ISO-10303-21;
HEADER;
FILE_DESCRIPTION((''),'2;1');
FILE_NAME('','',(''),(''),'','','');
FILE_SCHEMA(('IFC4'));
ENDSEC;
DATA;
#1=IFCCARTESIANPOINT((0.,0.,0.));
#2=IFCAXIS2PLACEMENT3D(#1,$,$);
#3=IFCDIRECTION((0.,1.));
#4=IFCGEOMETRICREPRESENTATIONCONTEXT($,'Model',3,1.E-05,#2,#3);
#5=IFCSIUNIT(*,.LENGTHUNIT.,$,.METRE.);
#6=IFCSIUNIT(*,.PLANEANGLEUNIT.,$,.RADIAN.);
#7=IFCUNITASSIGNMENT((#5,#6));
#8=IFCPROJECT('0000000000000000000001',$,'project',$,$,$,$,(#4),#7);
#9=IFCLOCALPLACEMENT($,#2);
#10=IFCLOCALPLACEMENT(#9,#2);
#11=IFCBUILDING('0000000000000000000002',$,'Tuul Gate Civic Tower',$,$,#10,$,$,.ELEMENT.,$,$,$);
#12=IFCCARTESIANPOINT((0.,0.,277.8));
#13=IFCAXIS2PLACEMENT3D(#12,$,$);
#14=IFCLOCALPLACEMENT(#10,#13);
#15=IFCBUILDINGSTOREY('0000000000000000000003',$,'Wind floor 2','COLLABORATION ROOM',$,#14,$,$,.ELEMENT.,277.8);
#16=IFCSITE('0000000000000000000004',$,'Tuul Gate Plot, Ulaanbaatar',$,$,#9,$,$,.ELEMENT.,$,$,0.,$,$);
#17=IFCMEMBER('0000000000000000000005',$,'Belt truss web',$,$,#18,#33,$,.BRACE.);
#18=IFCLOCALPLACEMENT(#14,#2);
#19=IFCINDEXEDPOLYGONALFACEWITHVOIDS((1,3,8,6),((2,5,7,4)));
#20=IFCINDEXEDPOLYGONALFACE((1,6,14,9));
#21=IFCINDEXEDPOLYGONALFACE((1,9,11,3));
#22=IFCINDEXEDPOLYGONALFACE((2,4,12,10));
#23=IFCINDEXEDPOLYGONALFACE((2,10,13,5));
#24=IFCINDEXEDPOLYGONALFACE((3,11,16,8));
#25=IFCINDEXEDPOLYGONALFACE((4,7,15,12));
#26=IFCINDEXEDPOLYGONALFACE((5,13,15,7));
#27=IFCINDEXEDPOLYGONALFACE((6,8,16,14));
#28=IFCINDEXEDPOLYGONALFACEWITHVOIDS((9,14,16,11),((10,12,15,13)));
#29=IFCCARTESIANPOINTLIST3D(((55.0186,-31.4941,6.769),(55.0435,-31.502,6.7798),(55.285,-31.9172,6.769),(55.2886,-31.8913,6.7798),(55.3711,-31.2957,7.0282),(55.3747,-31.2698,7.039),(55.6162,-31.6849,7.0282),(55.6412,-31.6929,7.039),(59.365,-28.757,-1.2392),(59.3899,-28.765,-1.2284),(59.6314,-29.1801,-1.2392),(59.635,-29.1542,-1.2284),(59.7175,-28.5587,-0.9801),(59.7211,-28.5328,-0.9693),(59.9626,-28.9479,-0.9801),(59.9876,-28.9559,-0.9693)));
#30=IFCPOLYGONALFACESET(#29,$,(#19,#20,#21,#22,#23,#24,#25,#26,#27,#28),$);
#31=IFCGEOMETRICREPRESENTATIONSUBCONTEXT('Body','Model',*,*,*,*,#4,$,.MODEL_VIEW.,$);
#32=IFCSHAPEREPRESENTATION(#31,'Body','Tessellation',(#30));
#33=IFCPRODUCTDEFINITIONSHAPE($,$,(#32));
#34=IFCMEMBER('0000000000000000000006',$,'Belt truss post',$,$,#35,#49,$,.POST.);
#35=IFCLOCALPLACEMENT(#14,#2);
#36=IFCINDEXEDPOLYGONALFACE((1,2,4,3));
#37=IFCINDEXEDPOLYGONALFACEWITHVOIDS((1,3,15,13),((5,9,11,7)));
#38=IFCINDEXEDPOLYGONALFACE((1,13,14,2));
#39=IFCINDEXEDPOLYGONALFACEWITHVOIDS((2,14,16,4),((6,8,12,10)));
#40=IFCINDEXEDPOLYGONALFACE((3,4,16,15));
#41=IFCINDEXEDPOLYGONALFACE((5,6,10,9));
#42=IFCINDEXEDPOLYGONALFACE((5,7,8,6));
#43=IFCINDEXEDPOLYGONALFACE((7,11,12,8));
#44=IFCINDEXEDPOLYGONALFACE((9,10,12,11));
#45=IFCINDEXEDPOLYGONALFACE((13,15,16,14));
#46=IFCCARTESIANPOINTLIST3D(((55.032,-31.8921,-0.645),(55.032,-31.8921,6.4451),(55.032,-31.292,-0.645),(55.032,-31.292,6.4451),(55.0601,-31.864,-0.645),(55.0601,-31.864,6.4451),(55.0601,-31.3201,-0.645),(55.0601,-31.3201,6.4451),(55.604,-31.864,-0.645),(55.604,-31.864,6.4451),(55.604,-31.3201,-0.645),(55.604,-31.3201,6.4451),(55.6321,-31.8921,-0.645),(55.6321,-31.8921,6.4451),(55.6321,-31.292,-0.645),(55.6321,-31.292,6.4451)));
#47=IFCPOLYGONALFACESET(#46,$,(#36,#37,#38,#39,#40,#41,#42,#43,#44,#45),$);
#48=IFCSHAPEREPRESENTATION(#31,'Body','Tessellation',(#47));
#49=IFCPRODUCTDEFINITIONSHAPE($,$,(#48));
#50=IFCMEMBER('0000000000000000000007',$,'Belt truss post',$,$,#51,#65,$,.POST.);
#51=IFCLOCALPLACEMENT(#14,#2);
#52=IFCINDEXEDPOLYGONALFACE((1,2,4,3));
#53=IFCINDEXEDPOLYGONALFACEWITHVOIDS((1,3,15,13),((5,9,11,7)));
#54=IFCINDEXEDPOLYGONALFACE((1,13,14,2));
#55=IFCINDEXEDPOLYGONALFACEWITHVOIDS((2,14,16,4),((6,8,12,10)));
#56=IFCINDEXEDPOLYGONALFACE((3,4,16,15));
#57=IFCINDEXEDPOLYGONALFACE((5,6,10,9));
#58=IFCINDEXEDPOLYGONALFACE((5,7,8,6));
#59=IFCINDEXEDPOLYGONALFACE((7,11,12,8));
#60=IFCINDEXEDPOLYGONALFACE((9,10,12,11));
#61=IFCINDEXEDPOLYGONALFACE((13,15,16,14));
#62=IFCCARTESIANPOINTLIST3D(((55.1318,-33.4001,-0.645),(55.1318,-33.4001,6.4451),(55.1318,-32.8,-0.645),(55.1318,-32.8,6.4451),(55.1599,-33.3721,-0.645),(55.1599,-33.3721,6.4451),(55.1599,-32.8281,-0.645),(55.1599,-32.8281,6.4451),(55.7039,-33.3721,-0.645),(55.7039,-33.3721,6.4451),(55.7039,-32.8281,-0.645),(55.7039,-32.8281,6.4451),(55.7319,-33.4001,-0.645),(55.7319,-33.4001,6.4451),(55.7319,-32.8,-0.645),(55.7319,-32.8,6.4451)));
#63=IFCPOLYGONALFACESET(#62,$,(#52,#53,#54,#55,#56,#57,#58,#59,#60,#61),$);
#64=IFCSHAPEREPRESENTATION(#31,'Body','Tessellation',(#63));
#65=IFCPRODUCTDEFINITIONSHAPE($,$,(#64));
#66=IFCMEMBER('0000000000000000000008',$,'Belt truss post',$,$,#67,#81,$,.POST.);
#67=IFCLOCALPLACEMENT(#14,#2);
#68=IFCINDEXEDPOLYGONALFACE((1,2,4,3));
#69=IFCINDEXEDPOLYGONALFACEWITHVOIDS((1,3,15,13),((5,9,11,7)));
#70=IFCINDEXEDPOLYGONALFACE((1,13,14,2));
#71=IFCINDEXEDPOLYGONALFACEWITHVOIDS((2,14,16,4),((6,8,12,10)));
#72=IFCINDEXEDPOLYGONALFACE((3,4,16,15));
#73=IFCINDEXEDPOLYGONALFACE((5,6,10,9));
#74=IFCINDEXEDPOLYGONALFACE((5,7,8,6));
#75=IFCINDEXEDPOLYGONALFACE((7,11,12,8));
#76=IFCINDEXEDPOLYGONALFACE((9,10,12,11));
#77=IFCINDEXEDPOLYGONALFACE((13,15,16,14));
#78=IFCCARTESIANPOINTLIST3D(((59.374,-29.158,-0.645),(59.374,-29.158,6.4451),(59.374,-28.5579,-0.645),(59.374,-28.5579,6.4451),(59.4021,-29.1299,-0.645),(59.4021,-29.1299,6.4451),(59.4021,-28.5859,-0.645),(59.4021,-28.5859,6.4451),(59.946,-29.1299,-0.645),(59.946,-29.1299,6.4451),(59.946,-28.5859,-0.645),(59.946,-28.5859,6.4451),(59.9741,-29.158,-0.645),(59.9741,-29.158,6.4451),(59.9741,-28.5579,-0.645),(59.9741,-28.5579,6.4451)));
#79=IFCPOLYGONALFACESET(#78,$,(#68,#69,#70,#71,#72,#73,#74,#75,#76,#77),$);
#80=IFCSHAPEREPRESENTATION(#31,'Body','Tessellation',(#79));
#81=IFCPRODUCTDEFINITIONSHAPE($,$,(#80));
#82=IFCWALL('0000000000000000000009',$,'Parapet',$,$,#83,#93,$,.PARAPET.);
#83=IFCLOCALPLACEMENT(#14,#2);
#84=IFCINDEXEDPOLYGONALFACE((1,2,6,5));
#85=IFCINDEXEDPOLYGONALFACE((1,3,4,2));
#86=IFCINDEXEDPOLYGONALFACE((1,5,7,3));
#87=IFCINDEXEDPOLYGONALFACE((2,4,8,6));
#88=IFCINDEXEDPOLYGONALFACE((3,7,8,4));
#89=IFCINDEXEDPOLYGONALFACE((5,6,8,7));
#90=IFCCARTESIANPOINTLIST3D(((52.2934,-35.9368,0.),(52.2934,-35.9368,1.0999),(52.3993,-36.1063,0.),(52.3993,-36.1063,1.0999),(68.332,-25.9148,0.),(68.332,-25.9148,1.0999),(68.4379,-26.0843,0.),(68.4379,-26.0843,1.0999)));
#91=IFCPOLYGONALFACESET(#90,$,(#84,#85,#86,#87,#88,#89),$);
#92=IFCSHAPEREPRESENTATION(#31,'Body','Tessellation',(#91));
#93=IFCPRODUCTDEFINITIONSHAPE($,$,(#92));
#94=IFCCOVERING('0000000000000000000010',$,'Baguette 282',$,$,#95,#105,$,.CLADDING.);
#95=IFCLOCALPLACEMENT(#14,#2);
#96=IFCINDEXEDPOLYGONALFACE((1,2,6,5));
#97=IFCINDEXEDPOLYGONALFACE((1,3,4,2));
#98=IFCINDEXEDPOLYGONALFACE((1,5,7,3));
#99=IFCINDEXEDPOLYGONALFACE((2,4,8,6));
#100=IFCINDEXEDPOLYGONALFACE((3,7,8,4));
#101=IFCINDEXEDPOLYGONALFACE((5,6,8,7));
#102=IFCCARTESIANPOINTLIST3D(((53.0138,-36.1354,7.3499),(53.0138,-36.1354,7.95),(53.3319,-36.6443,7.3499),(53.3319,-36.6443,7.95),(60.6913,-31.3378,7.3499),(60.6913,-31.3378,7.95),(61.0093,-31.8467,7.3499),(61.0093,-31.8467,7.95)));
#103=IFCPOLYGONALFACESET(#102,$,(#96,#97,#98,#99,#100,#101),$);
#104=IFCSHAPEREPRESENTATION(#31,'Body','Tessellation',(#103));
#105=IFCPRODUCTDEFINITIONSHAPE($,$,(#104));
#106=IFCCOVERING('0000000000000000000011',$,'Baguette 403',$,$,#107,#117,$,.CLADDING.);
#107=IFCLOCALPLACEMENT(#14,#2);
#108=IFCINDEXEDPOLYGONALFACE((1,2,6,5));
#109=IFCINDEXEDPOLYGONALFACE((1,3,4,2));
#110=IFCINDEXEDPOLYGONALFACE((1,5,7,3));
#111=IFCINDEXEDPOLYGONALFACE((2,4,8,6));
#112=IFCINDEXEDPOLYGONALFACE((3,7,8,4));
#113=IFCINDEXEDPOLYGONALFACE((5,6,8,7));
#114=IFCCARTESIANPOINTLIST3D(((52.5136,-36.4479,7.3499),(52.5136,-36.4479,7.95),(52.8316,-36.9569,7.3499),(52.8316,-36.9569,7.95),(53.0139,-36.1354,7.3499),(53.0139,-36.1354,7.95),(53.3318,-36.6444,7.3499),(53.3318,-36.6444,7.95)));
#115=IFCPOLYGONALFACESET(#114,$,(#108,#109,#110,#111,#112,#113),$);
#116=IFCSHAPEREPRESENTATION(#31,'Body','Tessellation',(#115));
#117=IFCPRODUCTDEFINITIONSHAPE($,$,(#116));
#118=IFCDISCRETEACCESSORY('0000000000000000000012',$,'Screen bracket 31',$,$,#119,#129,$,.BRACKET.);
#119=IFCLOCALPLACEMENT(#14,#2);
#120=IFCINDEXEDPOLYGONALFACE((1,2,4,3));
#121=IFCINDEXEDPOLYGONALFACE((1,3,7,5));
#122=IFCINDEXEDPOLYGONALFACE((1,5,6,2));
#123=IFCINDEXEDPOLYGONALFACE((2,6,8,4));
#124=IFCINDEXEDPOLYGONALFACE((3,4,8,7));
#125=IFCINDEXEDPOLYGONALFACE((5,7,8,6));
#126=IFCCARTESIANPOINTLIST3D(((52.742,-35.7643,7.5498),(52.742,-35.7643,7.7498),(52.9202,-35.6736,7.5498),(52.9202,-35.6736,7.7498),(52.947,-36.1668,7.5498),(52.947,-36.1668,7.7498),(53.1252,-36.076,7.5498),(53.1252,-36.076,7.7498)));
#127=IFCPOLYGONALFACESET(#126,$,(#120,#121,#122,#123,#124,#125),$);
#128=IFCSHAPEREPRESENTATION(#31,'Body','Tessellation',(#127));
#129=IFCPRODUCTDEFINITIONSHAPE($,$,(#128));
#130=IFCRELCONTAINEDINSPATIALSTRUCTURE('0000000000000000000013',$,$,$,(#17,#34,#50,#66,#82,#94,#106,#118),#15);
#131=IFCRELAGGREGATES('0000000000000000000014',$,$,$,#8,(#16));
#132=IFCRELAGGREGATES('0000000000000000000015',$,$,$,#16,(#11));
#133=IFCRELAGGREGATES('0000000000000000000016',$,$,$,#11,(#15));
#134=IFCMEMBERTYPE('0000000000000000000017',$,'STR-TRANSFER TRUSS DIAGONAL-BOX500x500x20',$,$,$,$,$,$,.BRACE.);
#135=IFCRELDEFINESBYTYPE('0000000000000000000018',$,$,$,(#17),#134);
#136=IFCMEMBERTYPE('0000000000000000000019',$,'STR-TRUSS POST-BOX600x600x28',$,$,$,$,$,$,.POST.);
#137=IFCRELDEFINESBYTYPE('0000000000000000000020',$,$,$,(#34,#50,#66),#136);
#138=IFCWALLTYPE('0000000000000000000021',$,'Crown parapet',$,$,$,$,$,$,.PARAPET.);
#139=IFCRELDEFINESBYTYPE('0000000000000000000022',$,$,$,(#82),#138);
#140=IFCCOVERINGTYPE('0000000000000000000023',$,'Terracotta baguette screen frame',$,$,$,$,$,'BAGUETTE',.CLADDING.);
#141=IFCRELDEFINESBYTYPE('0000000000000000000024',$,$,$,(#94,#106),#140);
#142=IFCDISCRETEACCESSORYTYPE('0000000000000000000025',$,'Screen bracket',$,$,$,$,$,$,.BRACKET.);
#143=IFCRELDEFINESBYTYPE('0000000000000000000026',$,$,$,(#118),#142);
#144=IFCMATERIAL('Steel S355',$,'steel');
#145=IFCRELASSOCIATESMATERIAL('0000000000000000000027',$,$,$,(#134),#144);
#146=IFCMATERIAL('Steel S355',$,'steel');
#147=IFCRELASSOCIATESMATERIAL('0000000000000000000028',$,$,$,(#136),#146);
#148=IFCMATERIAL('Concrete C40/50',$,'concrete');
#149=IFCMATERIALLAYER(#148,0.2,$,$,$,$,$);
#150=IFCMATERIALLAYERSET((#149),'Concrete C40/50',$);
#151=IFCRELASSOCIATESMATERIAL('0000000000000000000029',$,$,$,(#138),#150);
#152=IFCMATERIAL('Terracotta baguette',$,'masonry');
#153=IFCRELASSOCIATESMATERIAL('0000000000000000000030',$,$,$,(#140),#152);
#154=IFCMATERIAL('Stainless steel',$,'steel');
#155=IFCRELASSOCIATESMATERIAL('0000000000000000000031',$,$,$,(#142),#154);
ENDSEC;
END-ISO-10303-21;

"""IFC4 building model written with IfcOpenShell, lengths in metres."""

from ifc_helpers import new_model, si_unit, direction, frame, frame_2d, origin, origin_2d, place, context, subcontext, project, spatial, rectangle, hollow_rectangle, extrude, material, layer, layer_set, material_profile, profile_set, type_object, element, save


model = new_model("IFC4")

# Units and contexts
model_context = context("Model", 3, precision=1e-05, world=origin(), true_north=direction((0.0, 1.0)))
body_context = subcontext(model_context, "Body", "Model", "MODEL_VIEW")
ifc_project = project(units=[si_unit("LENGTHUNIT", "METRE"), si_unit("PLANEANGLEUNIT", "RADIAN")], contexts=[model_context])

# Site, building, storey
site_placement = place(None, origin())
site = spatial("IfcSite", under=ifc_project, at=site_placement, Name="Tuul Gate Plot, Ulaanbaatar", CompositionType="ELEMENT", RefElevation=0.0)
building_placement = place(site_placement, origin())
building = spatial("IfcBuilding", under=site, at=building_placement, Name="Tuul Gate Civic Tower", CompositionType="ELEMENT")
storey_placement = place(building_placement, frame((0.0, 0.0, 277.8)))
storey = spatial("IfcBuildingStorey", under=building, at=storey_placement, Name="Wind floor 2", Description="COLLABORATION ROOM", CompositionType="ELEMENT", Elevation=277.8)

# Members
ifc_material_1 = material(Name="Steel S355", Category="steel")
ifc_material_profile_1 = material_profile(ifc_material_1, hollow_rectangle(XDim=0.5, YDim=0.5, WallThickness=0.02, at=origin_2d()), Name="BOX500x500x20")
ifc_profile_set_1 = profile_set([ifc_material_profile_1], Name="Steel S355")
member_type_1 = type_object("IfcMemberType", Name="STR-TRANSFER TRUSS DIAGONAL-BOX500x500x20", PredefinedType="BRACE", material=ifc_profile_set_1)
member_1_placement = place(storey_placement, frame((59.6763, -28.8564, -1.1042), z_axis=(-0.456847, -0.287688, 0.84174), x_axis=(0.532871, -0.846196, 0.0)))
element("IfcMember", 1, at=member_1_placement, inside=storey, type_object=member_type_1, Name="Belt truss web", PredefinedType="BRACE", context=body_context, shape_type="SweptSolid", body=[
    extrude(hollow_rectangle(XDim=0.5, YDim=0.5, WallThickness=0.02, at=origin_2d()), origin(), (0.0, 0.0, 1.0), 9.5139),
])
ifc_material_2 = material(Name="Steel S355", Category="steel")
ifc_material_profile_2 = material_profile(ifc_material_2, hollow_rectangle(XDim=0.6001, YDim=0.6001, WallThickness=0.0281, at=origin_2d()), Name="BOX600x600x28")
ifc_profile_set_2 = profile_set([ifc_material_profile_2], Name="Steel S355")
member_type_2 = type_object("IfcMemberType", Name="STR-TRUSS POST-BOX600x600x28", PredefinedType="POST", material=ifc_profile_set_2)
for number, where, z_axis, x_axis, name in (
    (2, (55.332, -31.592, -0.645), (0.0, 0.0, 1.0), (1.0, 0.0, 0.0), "Belt truss post"),
    (3, (55.4319, -33.1001, -0.645), (0.0, 0.0, 1.0), (1.0, 0.0, 0.0), "Belt truss post"),
    (4, (59.6741, -28.8579, -0.645), (0.0, 0.0, 1.0), (1.0, 0.0, 0.0), "Belt truss post"),
):
    element("IfcMember", number, at=place(storey_placement, frame(where, z_axis=z_axis, x_axis=x_axis)), inside=storey, type_object=member_type_2, Name=name, PredefinedType="POST", context=body_context, shape_type="SweptSolid", body=[
        extrude(hollow_rectangle(XDim=0.6001, YDim=0.6001, WallThickness=0.0281, at=origin_2d()), origin(), (0.0, 0.0, 1.0), 7.0901),
    ])

# Wall
ifc_material_3 = material(Name="Concrete C40/50", Category="concrete")
ifc_layer = layer(ifc_material_3, 0.2)
ifc_layer_set = layer_set([ifc_layer], Name="Concrete C40/50")
wall_type = type_object("IfcWallType", Name="Crown parapet", PredefinedType="PARAPET", material=ifc_layer_set)
wall_placement = place(storey_placement, frame((52.3464, -36.0215, 0.0), z_axis=(0.0, 0.0, 1.0), x_axis=(0.848049, 0.529918, 0.0)))
element("IfcWall", 5, at=wall_placement, inside=storey, type_object=wall_type, Name="Parapet", PredefinedType="PARAPET", context=body_context, shape_type="SweptSolid", body=[
    extrude(rectangle(XDim=18.9124, YDim=0.2, at=frame_2d((9.4561, 0.0))), origin(), (0.0, 0.0, 1.0), 1.0999),
])

# Coverings
ifc_material_4 = material(Name="Terracotta baguette", Category="masonry")
ifc_material_profile_3 = material_profile(ifc_material_4, rectangle(XDim=0.6001, YDim=0.6001, at=origin_2d()), Name="Terracotta baguette screen frame")
ifc_profile_set_3 = profile_set([ifc_material_profile_3], Name="Terracotta baguette")
covering_type = type_object("IfcCoveringType", Name="Terracotta baguette screen frame", ElementType="BAGUETTE", PredefinedType="CLADDING", material=ifc_profile_set_3)
covering_1_placement = place(storey_placement, frame((53.1729, -36.3899, 7.6499), z_axis=(0.848039, 0.529933, 0.0), x_axis=(-0.529933, 0.848039, 0.0)))
element("IfcCovering", 6, at=covering_1_placement, inside=storey, type_object=covering_type, Name="Baguette 282", PredefinedType="CLADDING", context=body_context, shape_type="SweptSolid", body=[
    extrude(rectangle(XDim=0.6001, YDim=0.6001, at=origin_2d()), origin(), (0.0, 0.0, 1.0), 9.0532),
])
covering_2_placement = place(storey_placement, frame((52.6726, -36.7024, 7.6499), z_axis=(0.848115, 0.529813, 0.0), x_axis=(-0.529813, 0.848115, 0.0)))
element("IfcCovering", 7, at=covering_2_placement, inside=storey, type_object=covering_type, Name="Baguette 403", PredefinedType="CLADDING", context=body_context, shape_type="SweptSolid", body=[
    extrude(rectangle(XDim=0.6001, YDim=0.6001, at=origin_2d()), origin(), (0.0, 0.0, 1.0), 0.5898),
])

# Discrete accessory
ifc_material_5 = material(Name="Stainless steel", Category="steel")
discrete_accessory_type = type_object("IfcDiscreteAccessoryType", Name="Screen bracket", PredefinedType="BRACKET", material=ifc_material_5)
discrete_accessory_placement = place(storey_placement, frame((52.9336, -35.9202, 7.5498), z_axis=(0.0, 0.0, 1.0), x_axis=(0.453849, -0.891079, 0.0)))
element("IfcDiscreteAccessory", 8, at=discrete_accessory_placement, inside=storey, type_object=discrete_accessory_type, Name="Screen bracket 31", PredefinedType="BRACKET", context=body_context, shape_type="SweptSolid", body=[
    extrude(rectangle(XDim=0.4517, YDim=0.2, at=origin_2d()), origin(), (0.0, 0.0, 1.0), 0.2),
])

save(model, "model.ifc")
